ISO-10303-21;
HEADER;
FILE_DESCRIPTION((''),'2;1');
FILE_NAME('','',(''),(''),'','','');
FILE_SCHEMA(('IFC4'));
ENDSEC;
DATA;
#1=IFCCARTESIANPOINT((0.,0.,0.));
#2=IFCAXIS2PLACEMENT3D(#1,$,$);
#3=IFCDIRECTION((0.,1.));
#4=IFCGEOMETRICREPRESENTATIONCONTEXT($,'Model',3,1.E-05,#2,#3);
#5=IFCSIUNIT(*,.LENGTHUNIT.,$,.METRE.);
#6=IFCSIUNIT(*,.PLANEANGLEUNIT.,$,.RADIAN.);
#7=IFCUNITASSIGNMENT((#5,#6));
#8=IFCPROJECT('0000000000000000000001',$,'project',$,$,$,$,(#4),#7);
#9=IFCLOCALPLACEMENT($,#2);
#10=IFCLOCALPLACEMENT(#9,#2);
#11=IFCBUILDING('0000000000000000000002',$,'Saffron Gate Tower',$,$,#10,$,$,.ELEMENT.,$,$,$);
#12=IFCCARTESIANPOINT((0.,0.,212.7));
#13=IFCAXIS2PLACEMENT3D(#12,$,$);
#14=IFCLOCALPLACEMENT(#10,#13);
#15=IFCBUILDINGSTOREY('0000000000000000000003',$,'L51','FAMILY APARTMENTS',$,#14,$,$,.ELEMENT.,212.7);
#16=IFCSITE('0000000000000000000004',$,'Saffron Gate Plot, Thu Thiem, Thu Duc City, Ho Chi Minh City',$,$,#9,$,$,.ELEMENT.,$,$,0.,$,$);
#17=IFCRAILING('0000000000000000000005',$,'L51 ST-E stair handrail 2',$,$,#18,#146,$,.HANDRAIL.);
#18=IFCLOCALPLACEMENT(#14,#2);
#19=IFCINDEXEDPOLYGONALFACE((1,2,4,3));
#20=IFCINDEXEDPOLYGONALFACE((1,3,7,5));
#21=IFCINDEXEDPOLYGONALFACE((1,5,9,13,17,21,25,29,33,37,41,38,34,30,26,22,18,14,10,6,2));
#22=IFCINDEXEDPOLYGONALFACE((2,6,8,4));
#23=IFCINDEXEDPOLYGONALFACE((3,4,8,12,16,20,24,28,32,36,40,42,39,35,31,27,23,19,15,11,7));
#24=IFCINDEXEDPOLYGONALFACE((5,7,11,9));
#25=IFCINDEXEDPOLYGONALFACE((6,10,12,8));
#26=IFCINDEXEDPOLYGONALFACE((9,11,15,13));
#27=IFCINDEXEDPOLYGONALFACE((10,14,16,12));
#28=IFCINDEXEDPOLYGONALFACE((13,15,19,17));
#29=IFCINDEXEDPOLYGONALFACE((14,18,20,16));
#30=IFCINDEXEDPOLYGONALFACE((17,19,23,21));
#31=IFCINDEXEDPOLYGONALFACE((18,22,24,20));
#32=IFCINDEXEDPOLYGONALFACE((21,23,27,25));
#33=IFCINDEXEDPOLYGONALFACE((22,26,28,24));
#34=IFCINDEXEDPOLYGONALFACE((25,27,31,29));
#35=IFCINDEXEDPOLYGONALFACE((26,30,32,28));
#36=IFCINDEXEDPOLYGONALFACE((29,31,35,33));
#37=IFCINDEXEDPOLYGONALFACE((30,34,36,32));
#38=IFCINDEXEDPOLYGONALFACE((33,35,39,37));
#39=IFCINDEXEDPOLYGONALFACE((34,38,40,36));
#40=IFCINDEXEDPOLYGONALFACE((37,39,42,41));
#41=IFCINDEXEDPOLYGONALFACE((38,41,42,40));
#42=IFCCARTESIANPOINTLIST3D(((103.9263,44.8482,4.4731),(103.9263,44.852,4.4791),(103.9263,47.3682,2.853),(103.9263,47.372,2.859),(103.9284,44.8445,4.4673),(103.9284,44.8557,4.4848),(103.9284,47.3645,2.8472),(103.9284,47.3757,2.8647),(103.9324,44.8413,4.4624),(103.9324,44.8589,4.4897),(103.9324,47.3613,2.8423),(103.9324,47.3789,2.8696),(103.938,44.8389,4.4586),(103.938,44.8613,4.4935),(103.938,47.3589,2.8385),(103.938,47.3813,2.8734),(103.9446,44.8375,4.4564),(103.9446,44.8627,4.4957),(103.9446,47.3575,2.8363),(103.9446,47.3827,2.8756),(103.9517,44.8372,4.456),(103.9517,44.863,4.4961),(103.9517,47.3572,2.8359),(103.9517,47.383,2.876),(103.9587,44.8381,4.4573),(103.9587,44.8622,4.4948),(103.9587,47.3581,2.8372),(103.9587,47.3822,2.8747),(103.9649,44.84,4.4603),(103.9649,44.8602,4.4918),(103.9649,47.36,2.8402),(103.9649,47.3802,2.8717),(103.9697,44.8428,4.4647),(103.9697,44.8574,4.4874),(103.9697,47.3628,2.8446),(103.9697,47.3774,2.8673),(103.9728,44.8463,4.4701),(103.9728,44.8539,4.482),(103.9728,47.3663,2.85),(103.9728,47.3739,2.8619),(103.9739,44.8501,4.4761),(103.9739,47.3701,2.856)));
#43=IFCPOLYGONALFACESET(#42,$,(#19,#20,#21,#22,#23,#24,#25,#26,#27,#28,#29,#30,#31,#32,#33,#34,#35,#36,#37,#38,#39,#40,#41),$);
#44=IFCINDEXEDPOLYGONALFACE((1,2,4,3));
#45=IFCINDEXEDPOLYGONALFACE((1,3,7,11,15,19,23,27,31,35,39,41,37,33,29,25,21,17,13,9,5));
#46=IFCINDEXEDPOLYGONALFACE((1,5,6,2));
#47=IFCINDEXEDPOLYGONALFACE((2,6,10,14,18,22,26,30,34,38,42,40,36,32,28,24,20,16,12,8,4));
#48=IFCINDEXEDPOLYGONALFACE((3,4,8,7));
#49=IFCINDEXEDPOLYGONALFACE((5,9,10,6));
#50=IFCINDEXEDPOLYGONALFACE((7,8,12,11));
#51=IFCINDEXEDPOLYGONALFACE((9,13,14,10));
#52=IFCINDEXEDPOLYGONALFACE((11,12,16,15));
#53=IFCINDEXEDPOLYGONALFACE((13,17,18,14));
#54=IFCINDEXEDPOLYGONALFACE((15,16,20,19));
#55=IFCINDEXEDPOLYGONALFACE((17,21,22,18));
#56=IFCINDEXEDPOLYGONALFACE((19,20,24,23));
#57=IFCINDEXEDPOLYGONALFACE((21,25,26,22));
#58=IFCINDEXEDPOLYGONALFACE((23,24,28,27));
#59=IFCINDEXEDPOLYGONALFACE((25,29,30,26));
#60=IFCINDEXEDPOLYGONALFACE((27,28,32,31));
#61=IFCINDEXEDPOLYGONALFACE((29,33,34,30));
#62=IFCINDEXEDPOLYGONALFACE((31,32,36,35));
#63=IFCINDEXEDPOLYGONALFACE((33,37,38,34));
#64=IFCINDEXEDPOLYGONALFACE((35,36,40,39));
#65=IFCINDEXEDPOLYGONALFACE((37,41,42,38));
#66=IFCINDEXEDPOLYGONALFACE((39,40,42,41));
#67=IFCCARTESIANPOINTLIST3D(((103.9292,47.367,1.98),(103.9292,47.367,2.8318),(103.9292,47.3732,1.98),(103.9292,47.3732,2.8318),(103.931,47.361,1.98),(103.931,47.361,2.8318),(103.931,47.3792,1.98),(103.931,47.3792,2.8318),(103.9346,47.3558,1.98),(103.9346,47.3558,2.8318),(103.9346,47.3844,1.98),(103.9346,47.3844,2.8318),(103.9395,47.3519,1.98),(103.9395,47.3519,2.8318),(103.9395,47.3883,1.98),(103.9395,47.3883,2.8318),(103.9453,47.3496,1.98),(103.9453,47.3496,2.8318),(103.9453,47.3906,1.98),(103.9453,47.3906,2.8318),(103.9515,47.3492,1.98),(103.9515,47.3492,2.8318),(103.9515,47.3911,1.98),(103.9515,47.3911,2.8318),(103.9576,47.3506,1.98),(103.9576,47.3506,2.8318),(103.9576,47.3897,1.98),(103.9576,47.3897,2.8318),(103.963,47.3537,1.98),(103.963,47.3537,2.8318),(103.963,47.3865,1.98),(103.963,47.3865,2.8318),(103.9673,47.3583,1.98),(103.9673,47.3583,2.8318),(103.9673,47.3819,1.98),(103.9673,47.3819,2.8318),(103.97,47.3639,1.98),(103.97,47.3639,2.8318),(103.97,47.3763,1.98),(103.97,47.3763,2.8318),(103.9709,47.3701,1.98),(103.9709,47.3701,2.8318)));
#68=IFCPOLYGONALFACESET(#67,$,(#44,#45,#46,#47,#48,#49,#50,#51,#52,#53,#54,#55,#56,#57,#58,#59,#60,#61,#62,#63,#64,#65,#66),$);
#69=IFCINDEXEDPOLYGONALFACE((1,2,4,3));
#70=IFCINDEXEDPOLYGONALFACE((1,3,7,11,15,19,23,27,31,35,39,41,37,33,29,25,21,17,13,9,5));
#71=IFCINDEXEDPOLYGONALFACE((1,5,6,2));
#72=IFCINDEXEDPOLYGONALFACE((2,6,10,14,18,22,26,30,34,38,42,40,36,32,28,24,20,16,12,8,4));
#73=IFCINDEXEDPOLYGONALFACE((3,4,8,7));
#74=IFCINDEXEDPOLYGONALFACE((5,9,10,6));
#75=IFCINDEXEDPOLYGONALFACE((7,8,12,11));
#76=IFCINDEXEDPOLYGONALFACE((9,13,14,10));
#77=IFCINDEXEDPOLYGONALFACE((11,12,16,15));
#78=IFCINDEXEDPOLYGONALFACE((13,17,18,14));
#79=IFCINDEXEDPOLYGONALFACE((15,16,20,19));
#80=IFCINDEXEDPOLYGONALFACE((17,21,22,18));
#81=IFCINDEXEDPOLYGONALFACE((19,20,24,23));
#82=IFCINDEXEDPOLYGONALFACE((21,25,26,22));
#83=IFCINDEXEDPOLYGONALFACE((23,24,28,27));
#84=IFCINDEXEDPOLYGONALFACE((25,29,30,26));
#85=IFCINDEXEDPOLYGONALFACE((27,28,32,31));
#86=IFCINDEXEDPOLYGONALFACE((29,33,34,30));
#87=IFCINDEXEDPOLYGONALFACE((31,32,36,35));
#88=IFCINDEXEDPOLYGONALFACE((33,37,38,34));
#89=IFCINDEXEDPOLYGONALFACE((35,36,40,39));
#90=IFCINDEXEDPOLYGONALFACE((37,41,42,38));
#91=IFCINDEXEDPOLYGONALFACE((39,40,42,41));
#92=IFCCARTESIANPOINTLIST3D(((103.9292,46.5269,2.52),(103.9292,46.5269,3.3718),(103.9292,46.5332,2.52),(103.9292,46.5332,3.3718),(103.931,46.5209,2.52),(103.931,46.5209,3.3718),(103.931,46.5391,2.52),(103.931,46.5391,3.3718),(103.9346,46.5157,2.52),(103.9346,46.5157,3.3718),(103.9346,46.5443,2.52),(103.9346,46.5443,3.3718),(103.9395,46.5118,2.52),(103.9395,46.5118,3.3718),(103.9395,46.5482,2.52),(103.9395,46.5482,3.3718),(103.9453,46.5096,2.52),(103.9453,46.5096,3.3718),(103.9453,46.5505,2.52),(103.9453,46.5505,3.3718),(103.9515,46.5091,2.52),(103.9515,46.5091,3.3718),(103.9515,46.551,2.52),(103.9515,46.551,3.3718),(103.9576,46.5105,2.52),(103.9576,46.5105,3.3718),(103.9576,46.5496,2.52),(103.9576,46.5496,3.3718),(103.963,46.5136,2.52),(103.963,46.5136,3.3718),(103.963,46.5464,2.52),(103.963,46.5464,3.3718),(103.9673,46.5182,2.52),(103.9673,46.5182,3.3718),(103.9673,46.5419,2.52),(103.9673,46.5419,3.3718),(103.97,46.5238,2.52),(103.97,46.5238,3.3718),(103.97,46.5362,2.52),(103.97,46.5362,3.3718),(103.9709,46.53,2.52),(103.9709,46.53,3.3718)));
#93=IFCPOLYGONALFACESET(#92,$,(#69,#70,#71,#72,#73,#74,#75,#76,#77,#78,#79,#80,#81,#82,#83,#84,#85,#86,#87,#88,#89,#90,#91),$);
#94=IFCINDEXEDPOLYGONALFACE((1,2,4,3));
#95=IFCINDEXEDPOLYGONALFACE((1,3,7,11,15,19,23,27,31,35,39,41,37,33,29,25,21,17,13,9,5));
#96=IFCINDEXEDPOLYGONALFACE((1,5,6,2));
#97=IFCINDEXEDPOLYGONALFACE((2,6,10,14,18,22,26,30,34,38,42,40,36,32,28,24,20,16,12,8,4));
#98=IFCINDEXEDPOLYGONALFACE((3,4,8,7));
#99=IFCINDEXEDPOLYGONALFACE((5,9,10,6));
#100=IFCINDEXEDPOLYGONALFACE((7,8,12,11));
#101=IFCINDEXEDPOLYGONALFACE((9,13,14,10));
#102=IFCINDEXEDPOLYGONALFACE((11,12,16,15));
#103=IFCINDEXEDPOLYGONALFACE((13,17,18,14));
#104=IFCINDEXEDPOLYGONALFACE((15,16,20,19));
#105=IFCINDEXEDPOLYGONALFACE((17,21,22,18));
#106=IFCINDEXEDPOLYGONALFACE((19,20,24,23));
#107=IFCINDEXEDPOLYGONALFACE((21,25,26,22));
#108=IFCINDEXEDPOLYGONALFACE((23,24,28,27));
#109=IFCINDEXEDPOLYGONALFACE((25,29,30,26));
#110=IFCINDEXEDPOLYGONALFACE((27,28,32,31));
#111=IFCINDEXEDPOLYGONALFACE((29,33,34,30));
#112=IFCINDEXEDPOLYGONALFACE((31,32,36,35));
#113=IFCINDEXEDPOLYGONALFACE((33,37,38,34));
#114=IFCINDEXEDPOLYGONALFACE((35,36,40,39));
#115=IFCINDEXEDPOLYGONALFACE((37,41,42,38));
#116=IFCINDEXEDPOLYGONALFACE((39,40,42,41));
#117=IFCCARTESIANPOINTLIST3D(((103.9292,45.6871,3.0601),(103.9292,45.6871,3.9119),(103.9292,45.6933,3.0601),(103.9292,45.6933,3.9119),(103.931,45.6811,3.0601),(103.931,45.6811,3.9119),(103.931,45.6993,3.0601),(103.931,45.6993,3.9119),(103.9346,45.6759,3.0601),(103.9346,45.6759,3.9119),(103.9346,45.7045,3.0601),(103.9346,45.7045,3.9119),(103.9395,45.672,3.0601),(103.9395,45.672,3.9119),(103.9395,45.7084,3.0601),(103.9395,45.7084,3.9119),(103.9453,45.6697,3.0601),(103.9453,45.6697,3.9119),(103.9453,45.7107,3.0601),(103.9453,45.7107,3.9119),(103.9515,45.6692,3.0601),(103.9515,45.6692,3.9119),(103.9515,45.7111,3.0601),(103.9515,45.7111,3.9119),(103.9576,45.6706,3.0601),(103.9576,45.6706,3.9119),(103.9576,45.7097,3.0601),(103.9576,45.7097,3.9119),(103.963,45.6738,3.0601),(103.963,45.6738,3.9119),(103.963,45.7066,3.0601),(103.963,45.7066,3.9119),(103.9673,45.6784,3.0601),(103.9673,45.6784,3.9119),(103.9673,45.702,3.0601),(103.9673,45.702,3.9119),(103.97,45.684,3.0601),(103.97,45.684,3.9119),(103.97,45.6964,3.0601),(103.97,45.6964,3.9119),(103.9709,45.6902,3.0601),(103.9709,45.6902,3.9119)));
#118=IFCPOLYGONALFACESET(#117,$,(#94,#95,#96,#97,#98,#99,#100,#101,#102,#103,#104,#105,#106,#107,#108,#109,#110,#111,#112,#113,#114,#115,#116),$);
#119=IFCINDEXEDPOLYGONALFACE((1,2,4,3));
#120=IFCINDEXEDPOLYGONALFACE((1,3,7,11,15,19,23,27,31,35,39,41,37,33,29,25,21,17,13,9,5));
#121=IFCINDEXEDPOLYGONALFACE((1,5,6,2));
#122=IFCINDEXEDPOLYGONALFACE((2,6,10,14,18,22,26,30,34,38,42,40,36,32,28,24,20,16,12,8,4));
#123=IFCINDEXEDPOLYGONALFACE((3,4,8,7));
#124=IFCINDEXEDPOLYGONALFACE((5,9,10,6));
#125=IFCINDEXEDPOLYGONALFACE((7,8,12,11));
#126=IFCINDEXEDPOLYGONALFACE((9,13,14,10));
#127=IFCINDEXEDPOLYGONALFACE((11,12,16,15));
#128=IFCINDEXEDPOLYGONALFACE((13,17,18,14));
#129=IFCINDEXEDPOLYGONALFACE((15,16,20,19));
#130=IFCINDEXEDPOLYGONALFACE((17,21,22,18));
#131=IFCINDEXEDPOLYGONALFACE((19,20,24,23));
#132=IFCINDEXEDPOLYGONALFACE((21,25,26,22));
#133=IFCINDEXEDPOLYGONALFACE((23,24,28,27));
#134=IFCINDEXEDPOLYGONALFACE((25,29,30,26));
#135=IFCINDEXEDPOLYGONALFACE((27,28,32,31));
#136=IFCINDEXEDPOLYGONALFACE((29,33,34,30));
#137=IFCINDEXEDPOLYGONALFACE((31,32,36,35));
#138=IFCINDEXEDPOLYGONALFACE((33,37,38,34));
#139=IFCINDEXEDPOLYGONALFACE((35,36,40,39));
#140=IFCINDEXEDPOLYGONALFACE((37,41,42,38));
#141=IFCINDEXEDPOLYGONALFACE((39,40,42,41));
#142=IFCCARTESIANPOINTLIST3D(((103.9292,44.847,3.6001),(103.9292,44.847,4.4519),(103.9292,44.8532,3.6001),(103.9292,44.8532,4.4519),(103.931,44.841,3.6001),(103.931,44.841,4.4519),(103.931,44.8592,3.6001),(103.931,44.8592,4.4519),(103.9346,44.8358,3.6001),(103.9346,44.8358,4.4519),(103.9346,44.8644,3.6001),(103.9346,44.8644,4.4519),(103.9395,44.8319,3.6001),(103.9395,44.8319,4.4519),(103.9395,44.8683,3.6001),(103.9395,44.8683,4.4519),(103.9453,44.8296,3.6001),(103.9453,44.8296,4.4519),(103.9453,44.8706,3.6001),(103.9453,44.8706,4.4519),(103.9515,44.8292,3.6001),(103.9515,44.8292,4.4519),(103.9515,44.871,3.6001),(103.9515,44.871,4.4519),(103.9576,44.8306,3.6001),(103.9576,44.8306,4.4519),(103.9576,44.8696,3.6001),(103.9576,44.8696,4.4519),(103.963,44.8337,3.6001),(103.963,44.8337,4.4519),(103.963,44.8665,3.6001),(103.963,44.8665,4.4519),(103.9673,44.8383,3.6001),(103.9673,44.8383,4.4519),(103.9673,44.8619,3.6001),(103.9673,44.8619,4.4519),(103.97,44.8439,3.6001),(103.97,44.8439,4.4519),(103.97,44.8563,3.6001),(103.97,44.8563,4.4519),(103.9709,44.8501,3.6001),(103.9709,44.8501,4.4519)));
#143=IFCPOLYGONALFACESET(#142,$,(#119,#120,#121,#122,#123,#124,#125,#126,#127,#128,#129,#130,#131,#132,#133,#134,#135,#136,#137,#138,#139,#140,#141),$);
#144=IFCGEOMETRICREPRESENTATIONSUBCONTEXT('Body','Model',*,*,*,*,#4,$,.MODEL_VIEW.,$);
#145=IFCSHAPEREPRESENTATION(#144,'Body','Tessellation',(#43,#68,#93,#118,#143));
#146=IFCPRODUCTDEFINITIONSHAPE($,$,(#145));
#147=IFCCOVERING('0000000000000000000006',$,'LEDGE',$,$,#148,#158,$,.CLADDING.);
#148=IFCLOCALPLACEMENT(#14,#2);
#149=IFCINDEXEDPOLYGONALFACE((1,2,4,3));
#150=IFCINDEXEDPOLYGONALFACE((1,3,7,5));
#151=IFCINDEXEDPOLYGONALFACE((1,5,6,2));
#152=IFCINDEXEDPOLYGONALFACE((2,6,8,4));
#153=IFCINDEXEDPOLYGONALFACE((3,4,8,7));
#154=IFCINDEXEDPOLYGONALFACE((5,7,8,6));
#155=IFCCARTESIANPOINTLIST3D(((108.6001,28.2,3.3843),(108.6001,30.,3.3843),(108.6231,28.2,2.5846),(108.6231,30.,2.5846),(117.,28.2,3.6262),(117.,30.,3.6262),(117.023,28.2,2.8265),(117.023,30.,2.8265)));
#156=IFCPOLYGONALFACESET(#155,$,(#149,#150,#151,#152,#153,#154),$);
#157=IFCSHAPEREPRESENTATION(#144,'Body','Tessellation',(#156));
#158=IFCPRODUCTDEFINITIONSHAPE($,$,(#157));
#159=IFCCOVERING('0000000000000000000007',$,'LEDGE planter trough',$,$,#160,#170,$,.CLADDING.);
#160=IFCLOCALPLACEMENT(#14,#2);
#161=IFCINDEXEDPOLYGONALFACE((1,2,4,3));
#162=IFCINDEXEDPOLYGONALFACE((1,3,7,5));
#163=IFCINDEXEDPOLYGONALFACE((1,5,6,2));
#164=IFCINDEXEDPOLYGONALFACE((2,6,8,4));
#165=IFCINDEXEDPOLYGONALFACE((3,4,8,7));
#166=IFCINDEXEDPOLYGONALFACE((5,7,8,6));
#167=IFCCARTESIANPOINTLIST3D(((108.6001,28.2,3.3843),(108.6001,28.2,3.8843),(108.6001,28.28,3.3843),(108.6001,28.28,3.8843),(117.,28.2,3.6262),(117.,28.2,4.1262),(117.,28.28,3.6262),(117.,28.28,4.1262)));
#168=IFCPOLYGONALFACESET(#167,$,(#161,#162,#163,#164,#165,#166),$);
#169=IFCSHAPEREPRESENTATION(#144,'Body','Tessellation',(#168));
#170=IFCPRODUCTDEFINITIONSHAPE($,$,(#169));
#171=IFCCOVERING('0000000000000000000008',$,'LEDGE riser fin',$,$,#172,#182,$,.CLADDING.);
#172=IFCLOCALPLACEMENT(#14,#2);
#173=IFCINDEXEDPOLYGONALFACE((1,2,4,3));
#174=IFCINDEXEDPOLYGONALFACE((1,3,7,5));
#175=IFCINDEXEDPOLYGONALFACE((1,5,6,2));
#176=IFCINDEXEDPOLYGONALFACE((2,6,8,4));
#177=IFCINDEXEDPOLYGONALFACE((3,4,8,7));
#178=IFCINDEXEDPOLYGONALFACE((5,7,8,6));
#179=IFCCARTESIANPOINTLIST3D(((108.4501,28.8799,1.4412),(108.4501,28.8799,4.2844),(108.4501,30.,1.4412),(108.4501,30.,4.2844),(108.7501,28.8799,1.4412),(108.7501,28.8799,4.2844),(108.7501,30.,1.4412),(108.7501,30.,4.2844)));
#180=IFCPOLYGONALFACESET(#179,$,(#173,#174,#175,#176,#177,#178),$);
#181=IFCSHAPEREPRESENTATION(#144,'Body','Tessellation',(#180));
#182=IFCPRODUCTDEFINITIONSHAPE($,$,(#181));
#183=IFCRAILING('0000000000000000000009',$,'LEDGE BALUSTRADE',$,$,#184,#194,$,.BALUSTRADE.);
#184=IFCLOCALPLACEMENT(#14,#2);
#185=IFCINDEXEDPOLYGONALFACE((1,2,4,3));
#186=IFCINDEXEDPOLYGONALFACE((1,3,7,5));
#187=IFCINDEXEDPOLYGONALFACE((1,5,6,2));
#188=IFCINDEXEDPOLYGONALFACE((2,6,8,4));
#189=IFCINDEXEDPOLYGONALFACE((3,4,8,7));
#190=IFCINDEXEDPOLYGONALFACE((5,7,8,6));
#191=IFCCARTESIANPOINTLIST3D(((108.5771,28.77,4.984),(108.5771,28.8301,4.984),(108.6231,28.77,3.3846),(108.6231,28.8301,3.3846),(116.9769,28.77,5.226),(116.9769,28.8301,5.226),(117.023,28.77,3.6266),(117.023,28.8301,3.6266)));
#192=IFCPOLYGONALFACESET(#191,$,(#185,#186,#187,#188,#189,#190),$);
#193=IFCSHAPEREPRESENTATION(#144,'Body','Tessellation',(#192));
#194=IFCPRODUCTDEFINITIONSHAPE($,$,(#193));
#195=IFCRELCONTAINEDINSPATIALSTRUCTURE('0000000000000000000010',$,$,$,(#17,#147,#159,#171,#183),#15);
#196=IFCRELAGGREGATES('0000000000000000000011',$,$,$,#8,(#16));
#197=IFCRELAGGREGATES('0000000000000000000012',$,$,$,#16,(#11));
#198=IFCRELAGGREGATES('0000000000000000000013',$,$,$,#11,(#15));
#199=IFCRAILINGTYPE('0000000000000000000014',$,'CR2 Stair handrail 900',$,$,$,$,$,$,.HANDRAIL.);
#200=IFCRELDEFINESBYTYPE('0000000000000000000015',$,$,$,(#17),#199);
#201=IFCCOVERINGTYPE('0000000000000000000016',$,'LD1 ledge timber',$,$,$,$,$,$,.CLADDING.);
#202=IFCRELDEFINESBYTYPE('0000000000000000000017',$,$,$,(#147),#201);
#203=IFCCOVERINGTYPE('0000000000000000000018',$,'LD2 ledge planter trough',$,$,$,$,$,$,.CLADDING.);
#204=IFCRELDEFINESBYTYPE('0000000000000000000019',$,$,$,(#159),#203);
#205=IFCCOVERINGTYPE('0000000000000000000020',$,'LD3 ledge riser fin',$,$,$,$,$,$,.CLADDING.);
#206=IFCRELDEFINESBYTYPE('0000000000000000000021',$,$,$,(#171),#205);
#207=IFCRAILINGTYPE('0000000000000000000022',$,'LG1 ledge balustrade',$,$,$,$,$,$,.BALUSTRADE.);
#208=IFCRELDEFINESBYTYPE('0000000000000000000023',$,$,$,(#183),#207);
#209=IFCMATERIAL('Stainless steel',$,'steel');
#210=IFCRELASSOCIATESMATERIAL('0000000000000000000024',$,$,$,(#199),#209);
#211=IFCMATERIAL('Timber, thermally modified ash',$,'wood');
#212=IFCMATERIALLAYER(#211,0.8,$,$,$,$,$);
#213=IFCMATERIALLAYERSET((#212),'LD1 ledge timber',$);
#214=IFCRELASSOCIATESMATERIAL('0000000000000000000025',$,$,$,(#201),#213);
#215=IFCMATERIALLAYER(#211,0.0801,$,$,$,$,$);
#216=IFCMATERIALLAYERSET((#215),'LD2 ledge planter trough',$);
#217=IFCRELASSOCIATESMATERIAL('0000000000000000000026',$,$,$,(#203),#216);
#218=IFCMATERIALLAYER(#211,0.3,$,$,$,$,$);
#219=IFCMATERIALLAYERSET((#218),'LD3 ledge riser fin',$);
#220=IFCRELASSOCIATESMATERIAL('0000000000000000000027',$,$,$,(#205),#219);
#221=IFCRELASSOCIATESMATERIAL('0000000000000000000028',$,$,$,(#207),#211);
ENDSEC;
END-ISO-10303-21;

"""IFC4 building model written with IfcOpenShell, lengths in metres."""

from ifc_helpers import new_model, si_unit, direction, frame, origin, origin_2d, place, context, subcontext, project, spatial, polyline, rectangle, circle, outline, extrude, material, layer, layer_set, type_object, element, save


model = new_model("IFC4")

# Units and contexts
model_context = context("Model", 3, precision=1e-05, world=origin(), true_north=direction((0.0, 1.0)))
body_context = subcontext(model_context, "Body", "Model", "MODEL_VIEW")
ifc_project = project(units=[si_unit("LENGTHUNIT", "METRE"), si_unit("PLANEANGLEUNIT", "RADIAN")], contexts=[model_context])

# Site, building, storey
site_placement = place(None, origin())
site = spatial("IfcSite", under=ifc_project, at=site_placement, Name="Saffron Gate Plot, Thu Thiem, Thu Duc City, Ho Chi Minh City", CompositionType="ELEMENT", RefElevation=0.0)
building_placement = place(site_placement, origin())
building = spatial("IfcBuilding", under=site, at=building_placement, Name="Saffron Gate Tower", CompositionType="ELEMENT")
storey_placement = place(building_placement, frame((0.0, 0.0, 212.7)))
storey = spatial("IfcBuildingStorey", under=building, at=storey_placement, Name="L51", Description="FAMILY APARTMENTS", CompositionType="ELEMENT", Elevation=212.7)

# Railing
ifc_material_1 = material(Name="Stainless steel", Category="steel")
railing_type_1 = type_object("IfcRailingType", Name="CR2 Stair handrail 900", PredefinedType="HANDRAIL", material=ifc_material_1)
railing_1_placement = place(storey_placement, frame((103.95, 47.3701, 1.98)))
element("IfcRailing", 1, at=railing_1_placement, inside=storey, type_object=railing_type_1, Name="L51 ST-E stair handrail 2", PredefinedType="HANDRAIL", context=body_context, shape_type="SweptSolid", body=[
    extrude(circle(Radius=0.0239, at=origin_2d()), frame((0.0, 0.0, 0.876), z_axis=(0.0, -0.841163, 0.540782), x_axis=(1.0, 0.0, 0.0)), (0.0, 0.0, 1.0), 2.9958),
    extrude(circle(Radius=0.021, at=origin_2d()), origin(), (0.0, 0.0, 1.0), 0.8518),
    extrude(circle(Radius=0.021, at=origin_2d()), frame((0.0, -0.8401, 0.54)), (0.0, 0.0, 1.0), 0.8518),
    extrude(circle(Radius=0.021, at=origin_2d()), frame((0.0, -1.6799, 1.0801)), (0.0, 0.0, 1.0), 0.8518),
    extrude(circle(Radius=0.021, at=origin_2d()), frame((0.0, -2.52, 1.6201)), (0.0, 0.0, 1.0), 0.8518),
])

# Coverings
ifc_material_2 = material(Name="Timber, thermally modified ash", Category="wood")
ifc_layer_1 = layer(ifc_material_2, 0.8)
ifc_layer_set_1 = layer_set([ifc_layer_1], Name="LD1 ledge timber")
covering_type_1 = type_object("IfcCoveringType", Name="LD1 ledge timber", PredefinedType="CLADDING", material=ifc_layer_set_1)
covering_1_placement = place(storey_placement, frame((108.6001, 30.0, 3.3843), z_axis=(-0.028791, 0.0, 0.999585), x_axis=(0.999585, 0.0, 0.028791)))
element("IfcCovering", 2, at=covering_1_placement, inside=storey, type_object=covering_type_1, Name="LEDGE", PredefinedType="CLADDING", context=body_context, shape_type="SweptSolid", body=[
    extrude(outline(polyline([(0.0, 0.0), (8.4034, 0.0), (8.4034, -1.8), (0.0, -1.8), (0.0, 0.0)])), origin(), (0.0, 0.0, -1.0), 0.8),
])
ifc_layer_2 = layer(ifc_material_2, 0.0801)
ifc_layer_set_2 = layer_set([ifc_layer_2], Name="LD2 ledge planter trough")
covering_type_2 = type_object("IfcCoveringType", Name="LD2 ledge planter trough", PredefinedType="CLADDING", material=ifc_layer_set_2)
covering_2_placement = place(storey_placement, frame((108.6001, 28.2, 3.3843), z_axis=(0.0, -1.0, 0.0), x_axis=(0.999585, 0.0, 0.028791)))
element("IfcCovering", 3, at=covering_2_placement, inside=storey, type_object=covering_type_2, Name="LEDGE planter trough", PredefinedType="CLADDING", context=body_context, shape_type="SweptSolid", body=[
    extrude(outline(polyline([(0.0, 0.0), (8.4034, 0.0), (8.4178, 0.4998), (0.0144, 0.4998), (0.0, 0.0)])), origin(), (0.0, 0.0, -1.0), 0.0801),
])
ifc_layer_3 = layer(ifc_material_2, 0.3)
ifc_layer_set_3 = layer_set([ifc_layer_3], Name="LD3 ledge riser fin")
covering_type_3 = type_object("IfcCoveringType", Name="LD3 ledge riser fin", PredefinedType="CLADDING", material=ifc_layer_set_3)
covering_3_placement = place(storey_placement, frame((108.6001, 29.4399, 1.4412), z_axis=(0.0, 0.0, 1.0), x_axis=(1.0, 0.0, 0.0)))
element("IfcCovering", 4, at=covering_3_placement, inside=storey, type_object=covering_type_3, Name="LEDGE riser fin", PredefinedType="CLADDING", context=body_context, shape_type="SweptSolid", body=[
    extrude(rectangle(XDim=0.3, YDim=1.1201, at=origin_2d()), origin(), (0.0, 0.0, 1.0), 2.8433),
])

# Railing
railing_type_2 = type_object("IfcRailingType", Name="LG1 ledge balustrade", PredefinedType="BALUSTRADE", material=ifc_material_2)
railing_2_placement = place(storey_placement, frame((108.6001, 28.8, 3.3843)))
element("IfcRailing", 5, at=railing_2_placement, inside=storey, type_object=railing_type_2, Name="LEDGE BALUSTRADE", PredefinedType="BALUSTRADE", context=body_context, shape_type="SweptSolid", body=[
    extrude(rectangle(XDim=0.0601, YDim=1.6001, at=origin_2d()), frame((0.0, 0.0, 0.8), z_axis=(0.999585, 0.0, 0.028791), x_axis=(0.0, 1.0, 0.0)), (0.0, 0.0, 1.0), 8.4033),
])

save(model, "model.ifc")
